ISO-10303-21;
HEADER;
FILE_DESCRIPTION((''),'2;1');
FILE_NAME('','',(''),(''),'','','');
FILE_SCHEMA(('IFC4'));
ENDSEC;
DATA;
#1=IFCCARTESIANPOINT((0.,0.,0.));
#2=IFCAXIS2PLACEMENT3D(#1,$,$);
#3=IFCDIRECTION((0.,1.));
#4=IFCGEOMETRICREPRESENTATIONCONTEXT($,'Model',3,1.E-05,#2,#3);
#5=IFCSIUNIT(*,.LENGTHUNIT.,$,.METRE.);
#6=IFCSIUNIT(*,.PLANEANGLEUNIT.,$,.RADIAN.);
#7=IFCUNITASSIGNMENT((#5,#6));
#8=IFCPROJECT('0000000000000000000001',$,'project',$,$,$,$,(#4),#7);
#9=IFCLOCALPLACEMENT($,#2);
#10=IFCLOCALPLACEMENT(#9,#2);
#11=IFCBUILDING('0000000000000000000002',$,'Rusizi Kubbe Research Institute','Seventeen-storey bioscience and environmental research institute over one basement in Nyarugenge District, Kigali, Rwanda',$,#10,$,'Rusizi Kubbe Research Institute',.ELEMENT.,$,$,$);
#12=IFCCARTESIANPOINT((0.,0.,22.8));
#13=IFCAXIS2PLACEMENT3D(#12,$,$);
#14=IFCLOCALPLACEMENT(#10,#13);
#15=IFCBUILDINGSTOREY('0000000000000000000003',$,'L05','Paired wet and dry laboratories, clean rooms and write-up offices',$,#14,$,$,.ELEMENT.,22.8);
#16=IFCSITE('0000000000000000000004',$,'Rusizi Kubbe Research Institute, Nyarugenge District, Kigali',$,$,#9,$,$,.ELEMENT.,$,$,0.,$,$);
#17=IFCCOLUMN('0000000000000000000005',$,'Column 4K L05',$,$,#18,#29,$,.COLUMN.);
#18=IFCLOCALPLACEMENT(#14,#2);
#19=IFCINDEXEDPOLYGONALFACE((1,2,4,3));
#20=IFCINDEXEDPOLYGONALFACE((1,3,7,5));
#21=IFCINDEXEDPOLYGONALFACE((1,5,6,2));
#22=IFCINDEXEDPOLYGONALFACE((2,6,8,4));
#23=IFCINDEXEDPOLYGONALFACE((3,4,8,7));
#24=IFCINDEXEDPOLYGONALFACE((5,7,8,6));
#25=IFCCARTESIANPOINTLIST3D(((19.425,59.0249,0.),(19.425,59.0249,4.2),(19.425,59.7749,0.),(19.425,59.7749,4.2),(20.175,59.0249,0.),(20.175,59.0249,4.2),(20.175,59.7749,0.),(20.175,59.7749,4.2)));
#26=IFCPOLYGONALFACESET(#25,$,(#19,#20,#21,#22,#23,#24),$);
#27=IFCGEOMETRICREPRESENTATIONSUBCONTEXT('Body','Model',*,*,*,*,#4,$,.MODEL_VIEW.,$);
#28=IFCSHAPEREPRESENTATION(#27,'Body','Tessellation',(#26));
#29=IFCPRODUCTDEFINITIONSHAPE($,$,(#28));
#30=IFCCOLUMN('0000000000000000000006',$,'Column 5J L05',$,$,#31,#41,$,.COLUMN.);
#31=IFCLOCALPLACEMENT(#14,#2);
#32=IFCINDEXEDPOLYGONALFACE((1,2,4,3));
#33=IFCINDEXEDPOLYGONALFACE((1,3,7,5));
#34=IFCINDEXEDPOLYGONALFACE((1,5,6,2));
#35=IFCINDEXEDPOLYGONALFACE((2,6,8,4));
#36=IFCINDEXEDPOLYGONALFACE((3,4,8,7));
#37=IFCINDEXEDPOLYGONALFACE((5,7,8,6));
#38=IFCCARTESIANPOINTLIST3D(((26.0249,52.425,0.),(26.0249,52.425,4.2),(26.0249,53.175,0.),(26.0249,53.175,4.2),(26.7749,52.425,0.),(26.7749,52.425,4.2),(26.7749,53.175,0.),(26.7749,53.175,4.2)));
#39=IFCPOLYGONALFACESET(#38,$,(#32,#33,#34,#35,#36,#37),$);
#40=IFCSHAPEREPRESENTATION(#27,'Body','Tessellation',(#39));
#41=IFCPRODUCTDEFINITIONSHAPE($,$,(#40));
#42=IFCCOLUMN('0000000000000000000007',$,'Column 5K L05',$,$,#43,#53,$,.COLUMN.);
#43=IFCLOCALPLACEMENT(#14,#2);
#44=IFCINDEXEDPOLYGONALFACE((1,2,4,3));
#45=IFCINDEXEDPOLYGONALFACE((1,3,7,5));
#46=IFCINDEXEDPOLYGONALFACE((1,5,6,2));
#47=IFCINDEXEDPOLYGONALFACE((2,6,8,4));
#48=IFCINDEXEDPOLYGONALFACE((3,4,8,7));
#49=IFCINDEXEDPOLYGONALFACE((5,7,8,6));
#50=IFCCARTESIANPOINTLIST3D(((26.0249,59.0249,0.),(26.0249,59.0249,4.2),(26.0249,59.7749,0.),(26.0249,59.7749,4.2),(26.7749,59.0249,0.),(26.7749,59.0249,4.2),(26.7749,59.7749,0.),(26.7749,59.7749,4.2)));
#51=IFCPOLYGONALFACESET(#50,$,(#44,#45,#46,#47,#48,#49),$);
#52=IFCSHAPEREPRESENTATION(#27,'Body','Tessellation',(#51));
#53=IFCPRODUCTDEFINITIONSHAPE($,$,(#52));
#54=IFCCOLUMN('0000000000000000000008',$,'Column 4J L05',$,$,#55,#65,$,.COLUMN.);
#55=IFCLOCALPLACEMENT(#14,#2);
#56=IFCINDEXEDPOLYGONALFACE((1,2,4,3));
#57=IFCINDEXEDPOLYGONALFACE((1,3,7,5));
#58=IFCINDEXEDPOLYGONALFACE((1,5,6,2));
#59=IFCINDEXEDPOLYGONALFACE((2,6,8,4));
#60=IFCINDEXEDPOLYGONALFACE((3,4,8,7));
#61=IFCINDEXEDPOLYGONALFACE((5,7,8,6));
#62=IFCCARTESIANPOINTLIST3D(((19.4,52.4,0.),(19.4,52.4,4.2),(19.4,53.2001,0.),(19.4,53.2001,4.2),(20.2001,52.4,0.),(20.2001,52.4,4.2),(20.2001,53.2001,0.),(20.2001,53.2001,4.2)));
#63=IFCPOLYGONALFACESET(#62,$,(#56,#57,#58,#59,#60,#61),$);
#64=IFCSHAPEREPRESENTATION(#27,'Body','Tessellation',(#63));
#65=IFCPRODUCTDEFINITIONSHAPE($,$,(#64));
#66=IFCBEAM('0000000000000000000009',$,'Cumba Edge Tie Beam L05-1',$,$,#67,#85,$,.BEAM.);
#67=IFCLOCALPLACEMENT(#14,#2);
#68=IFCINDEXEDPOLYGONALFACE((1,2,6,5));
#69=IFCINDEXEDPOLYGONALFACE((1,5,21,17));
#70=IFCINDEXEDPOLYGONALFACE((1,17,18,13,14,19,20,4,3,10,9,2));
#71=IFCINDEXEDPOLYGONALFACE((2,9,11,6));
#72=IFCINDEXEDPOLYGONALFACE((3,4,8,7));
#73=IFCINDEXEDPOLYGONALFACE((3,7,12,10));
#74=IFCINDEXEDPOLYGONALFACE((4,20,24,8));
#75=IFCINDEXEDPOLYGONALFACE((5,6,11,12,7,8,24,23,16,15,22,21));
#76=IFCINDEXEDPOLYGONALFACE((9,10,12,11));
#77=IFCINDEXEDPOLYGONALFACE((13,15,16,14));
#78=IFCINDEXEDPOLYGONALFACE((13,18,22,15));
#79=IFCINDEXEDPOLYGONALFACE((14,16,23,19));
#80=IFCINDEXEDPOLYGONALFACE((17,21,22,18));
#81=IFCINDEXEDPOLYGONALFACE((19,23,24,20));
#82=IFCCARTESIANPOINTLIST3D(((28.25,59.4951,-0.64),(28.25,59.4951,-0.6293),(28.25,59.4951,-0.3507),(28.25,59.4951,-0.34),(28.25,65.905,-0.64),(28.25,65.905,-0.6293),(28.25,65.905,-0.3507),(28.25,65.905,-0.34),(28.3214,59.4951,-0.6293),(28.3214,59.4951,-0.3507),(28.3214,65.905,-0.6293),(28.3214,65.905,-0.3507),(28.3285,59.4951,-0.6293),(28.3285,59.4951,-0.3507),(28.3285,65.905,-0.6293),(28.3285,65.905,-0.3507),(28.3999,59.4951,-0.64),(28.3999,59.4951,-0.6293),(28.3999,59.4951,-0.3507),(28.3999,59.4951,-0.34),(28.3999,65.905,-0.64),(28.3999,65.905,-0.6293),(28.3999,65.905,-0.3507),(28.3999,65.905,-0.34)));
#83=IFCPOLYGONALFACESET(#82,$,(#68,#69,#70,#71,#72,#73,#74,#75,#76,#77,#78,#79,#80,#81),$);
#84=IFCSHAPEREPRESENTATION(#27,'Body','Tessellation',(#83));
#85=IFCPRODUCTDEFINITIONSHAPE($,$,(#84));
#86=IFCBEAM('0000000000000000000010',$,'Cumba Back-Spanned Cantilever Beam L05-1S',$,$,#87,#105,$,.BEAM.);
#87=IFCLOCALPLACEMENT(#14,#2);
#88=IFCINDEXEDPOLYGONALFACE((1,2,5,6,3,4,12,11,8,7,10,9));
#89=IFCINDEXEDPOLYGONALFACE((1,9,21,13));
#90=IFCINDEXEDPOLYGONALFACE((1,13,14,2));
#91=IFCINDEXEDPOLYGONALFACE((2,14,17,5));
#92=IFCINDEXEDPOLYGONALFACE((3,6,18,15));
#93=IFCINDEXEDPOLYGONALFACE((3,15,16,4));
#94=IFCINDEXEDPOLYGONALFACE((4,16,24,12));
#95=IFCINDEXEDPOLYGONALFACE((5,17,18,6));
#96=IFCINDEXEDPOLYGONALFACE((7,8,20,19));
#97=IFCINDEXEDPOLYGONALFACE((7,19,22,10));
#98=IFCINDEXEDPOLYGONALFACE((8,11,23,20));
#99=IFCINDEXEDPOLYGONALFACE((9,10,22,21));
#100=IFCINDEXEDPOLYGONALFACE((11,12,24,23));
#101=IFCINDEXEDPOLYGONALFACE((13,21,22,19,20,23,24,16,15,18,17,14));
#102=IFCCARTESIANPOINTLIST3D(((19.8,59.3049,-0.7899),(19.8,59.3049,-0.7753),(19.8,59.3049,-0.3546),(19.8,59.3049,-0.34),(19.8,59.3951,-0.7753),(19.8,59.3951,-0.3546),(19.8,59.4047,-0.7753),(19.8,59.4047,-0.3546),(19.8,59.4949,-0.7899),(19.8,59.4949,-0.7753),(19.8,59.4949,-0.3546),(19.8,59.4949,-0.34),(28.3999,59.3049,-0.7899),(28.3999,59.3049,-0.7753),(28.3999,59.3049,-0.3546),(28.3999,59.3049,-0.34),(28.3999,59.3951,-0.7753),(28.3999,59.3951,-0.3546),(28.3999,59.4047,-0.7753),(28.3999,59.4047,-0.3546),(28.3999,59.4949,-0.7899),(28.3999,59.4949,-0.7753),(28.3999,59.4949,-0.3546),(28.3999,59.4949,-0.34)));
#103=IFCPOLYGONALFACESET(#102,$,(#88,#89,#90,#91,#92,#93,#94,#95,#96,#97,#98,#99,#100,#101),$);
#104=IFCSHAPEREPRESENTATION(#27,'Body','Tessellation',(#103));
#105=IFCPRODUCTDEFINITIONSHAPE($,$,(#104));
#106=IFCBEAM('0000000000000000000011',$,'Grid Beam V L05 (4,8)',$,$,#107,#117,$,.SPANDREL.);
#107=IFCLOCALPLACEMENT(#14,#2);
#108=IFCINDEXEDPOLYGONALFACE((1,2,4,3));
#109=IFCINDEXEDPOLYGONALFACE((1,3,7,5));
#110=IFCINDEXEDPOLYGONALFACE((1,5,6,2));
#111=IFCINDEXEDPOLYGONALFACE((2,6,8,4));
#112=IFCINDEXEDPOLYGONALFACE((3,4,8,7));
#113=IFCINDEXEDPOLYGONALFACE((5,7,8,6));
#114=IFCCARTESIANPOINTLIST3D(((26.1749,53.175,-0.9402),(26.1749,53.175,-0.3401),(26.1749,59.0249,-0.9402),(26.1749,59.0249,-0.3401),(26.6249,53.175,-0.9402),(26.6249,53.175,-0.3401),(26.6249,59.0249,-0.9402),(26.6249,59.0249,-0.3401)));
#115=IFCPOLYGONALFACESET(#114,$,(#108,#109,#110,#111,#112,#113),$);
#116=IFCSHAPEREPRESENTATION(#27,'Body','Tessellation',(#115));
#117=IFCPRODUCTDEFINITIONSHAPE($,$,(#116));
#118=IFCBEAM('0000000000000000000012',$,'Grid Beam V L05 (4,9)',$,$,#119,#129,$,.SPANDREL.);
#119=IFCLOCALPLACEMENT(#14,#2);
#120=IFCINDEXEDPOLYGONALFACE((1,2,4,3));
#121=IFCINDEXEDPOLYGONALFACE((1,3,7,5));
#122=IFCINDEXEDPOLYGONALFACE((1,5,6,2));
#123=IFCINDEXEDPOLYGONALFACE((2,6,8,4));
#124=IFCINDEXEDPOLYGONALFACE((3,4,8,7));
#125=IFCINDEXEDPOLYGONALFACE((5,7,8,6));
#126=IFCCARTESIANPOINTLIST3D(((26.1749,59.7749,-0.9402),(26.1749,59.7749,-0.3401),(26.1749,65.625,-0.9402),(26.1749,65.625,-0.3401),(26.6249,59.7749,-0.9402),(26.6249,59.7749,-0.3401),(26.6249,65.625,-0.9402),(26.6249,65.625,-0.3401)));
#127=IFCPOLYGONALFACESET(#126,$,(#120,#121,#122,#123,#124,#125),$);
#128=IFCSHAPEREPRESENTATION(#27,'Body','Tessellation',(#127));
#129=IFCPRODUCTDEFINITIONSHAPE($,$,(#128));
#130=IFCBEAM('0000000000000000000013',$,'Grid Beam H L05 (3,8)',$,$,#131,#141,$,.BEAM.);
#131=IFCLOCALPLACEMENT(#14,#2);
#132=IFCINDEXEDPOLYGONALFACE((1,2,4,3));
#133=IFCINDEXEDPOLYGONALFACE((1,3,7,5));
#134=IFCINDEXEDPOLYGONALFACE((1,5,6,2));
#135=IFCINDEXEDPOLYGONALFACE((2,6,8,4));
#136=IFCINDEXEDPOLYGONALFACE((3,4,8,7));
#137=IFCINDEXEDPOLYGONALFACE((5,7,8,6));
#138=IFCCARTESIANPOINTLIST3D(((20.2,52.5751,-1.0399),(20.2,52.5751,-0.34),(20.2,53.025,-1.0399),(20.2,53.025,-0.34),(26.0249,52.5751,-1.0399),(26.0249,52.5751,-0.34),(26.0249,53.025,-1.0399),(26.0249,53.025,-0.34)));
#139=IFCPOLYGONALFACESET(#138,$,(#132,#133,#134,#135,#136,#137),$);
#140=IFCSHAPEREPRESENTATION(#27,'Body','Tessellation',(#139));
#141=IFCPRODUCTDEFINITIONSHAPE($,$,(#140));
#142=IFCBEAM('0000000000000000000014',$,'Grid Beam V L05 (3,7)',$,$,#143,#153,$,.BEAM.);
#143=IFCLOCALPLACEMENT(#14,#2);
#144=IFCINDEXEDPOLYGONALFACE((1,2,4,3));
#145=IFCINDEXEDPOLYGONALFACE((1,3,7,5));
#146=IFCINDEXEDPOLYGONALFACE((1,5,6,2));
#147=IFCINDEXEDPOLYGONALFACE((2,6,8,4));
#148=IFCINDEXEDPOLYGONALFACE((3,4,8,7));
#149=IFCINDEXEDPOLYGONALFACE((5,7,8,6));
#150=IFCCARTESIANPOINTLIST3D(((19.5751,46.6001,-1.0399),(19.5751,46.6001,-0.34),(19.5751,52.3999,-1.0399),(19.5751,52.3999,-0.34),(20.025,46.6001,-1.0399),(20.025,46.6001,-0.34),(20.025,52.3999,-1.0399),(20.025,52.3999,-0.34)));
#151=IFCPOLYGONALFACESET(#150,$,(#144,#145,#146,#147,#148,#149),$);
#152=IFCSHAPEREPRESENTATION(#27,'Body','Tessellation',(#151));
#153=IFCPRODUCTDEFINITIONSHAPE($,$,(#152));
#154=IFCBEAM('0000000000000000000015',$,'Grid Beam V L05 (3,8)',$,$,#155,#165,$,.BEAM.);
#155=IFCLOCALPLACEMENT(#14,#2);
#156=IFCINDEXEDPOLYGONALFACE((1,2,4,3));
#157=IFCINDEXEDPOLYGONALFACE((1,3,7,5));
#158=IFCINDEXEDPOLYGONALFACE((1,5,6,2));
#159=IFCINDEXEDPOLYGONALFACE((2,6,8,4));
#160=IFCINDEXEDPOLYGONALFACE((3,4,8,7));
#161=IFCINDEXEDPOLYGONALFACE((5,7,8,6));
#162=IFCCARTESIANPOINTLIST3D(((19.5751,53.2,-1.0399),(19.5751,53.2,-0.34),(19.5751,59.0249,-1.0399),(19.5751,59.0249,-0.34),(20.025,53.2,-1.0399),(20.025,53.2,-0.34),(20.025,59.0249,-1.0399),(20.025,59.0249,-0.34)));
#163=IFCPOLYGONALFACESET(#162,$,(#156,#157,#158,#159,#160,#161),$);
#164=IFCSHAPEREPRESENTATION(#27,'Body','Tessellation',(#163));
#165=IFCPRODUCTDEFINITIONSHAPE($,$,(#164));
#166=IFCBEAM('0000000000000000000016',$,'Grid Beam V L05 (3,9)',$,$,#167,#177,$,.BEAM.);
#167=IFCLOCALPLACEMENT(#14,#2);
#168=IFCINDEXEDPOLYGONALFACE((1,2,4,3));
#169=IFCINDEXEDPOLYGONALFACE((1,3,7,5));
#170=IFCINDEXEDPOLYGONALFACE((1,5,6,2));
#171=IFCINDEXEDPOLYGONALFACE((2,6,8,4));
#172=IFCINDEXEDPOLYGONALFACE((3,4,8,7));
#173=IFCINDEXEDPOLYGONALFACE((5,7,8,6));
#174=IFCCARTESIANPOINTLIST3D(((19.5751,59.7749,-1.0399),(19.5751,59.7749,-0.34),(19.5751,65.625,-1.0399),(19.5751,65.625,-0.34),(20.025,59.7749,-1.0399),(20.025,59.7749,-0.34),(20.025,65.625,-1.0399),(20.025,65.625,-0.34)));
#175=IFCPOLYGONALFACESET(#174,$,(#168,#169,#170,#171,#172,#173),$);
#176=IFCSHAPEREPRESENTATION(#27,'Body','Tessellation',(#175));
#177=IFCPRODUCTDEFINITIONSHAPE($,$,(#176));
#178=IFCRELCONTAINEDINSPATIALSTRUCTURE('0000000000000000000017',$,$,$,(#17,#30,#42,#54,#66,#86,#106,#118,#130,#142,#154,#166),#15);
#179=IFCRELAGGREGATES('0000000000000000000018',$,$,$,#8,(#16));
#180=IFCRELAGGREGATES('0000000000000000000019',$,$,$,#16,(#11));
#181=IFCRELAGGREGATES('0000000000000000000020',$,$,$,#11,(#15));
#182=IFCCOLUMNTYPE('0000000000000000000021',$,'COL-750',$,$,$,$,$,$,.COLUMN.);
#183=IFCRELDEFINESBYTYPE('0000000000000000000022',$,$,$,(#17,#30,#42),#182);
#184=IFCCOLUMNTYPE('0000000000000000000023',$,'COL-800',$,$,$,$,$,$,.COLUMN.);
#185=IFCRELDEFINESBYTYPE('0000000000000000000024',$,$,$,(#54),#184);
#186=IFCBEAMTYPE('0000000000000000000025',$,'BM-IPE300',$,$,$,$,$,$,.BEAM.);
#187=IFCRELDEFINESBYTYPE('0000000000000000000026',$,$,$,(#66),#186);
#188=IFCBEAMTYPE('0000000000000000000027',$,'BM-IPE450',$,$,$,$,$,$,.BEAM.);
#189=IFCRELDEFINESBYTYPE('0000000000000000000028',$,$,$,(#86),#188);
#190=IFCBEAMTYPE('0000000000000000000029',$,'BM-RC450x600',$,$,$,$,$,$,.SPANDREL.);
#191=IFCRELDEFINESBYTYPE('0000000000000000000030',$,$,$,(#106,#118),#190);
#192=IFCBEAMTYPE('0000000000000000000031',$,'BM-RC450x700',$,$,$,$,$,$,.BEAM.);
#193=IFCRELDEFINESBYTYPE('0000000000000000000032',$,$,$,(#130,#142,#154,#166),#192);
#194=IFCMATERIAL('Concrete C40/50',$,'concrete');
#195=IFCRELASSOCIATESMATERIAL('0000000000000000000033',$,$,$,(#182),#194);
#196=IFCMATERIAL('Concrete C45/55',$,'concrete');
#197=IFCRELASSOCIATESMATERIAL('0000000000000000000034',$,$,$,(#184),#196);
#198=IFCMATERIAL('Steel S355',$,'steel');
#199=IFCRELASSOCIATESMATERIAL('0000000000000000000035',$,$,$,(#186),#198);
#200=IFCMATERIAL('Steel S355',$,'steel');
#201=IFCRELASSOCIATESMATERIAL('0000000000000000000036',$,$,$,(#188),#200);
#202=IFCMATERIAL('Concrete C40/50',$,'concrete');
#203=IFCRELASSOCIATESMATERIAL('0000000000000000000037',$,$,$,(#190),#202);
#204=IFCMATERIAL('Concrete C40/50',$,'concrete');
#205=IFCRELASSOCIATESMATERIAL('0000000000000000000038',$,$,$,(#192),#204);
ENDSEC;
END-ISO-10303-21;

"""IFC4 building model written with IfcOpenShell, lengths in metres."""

from ifc_helpers import new_model, si_unit, direction, frame, origin, origin_2d, place, context, subcontext, project, spatial, rectangle, i_section, extrude, material, material_profile, profile_set, type_object, element, save


model = new_model("IFC4")

# Units and contexts
model_context = context("Model", 3, precision=1e-05, world=origin(), true_north=direction((0.0, 1.0)))
body_context = subcontext(model_context, "Body", "Model", "MODEL_VIEW")
ifc_project = project(units=[si_unit("LENGTHUNIT", "METRE"), si_unit("PLANEANGLEUNIT", "RADIAN")], contexts=[model_context])

# Site, building, storey
site_placement = place(None, origin())
site = spatial("IfcSite", under=ifc_project, at=site_placement, Name="Rusizi Kubbe Research Institute, Nyarugenge District, Kigali", CompositionType="ELEMENT", RefElevation=0.0)
building_placement = place(site_placement, origin())
building = spatial("IfcBuilding", under=site, at=building_placement, Name="Rusizi Kubbe Research Institute", Description="Seventeen-storey bioscience and environmental research institute over one basement in Nyarugenge District, Kigali, Rwanda", LongName="Rusizi Kubbe Research Institute", CompositionType="ELEMENT")
storey_placement = place(building_placement, frame((0.0, 0.0, 22.8)))
storey = spatial("IfcBuildingStorey", under=building, at=storey_placement, Name="L05", Description="Paired wet and dry laboratories, clean rooms and write-up offices", CompositionType="ELEMENT", Elevation=22.8)

# Columns
ifc_material_1 = material(Name="Concrete C40/50", Category="concrete")
ifc_material_profile_1 = material_profile(ifc_material_1, rectangle(XDim=0.75, YDim=0.75, at=origin_2d()), Name="RC750x750")
ifc_profile_set_1 = profile_set([ifc_material_profile_1], Name="Concrete C40/50")
column_type_1 = type_object("IfcColumnType", Name="COL-750", PredefinedType="COLUMN", material=ifc_profile_set_1)
for number, where, z_axis, x_axis, name in (
    (1, (19.8, 59.3999, 0.0), (0.0, 0.0, 1.0), (1.0, 0.0, 0.0), "Column 4K L05"),
    (2, (26.3999, 52.8, 0.0), (0.0, 0.0, 1.0), (1.0, 0.0, 0.0), "Column 5J L05"),
    (3, (26.3999, 59.3999, 0.0), (0.0, 0.0, 1.0), (1.0, 0.0, 0.0), "Column 5K L05"),
):
    element("IfcColumn", number, at=place(storey_placement, frame(where, z_axis=z_axis, x_axis=x_axis)), inside=storey, type_object=column_type_1, Name=name, PredefinedType="COLUMN", context=body_context, shape_type="SweptSolid", body=[
        extrude(rectangle(XDim=0.75, YDim=0.75, at=origin_2d()), origin(), (0.0, 0.0, 1.0), 4.2),
    ])
ifc_material_2 = material(Name="Concrete C45/55", Category="concrete")
ifc_material_profile_2 = material_profile(ifc_material_2, rectangle(XDim=0.8, YDim=0.8, at=origin_2d()), Name="RC800x800")
ifc_profile_set_2 = profile_set([ifc_material_profile_2], Name="Concrete C45/55")
column_type_2 = type_object("IfcColumnType", Name="COL-800", PredefinedType="COLUMN", material=ifc_profile_set_2)
column_placement = place(storey_placement, frame((19.8, 52.8, 0.0), z_axis=(0.0, 0.0, 1.0), x_axis=(1.0, 0.0, 0.0)))
element("IfcColumn", 4, at=column_placement, inside=storey, type_object=column_type_2, Name="Column 4J L05", PredefinedType="COLUMN", context=body_context, shape_type="SweptSolid", body=[
    extrude(rectangle(XDim=0.8, YDim=0.8, at=origin_2d()), origin(), (0.0, 0.0, 1.0), 4.2),
])

# Beams
ifc_material_3 = material(Name="Steel S355", Category="steel")
ifc_material_profile_3 = material_profile(ifc_material_3, i_section(OverallWidth=0.1499, OverallDepth=0.3, WebThickness=0.0071, FlangeThickness=0.0107, at=origin_2d()), Name="IPE 300")
ifc_profile_set_3 = profile_set([ifc_material_profile_3], Name="Steel S355")
beam_type_1 = type_object("IfcBeamType", Name="BM-IPE300", PredefinedType="BEAM", material=ifc_profile_set_3)
beam_1_placement = place(storey_placement, frame((28.325, 59.4951, -0.49), z_axis=(0.0, 1.0, 0.0), x_axis=(-1.0, 0.0, 0.0)))
element("IfcBeam", 5, at=beam_1_placement, inside=storey, type_object=beam_type_1, Name="Cumba Edge Tie Beam L05-1", PredefinedType="BEAM", context=body_context, shape_type="SweptSolid", body=[
    extrude(i_section(OverallWidth=0.1499, OverallDepth=0.3, WebThickness=0.0071, FlangeThickness=0.0107, at=origin_2d()), origin(), (0.0, 0.0, 1.0), 6.4099),
])
ifc_material_4 = material(Name="Steel S355", Category="steel")
ifc_material_profile_4 = material_profile(ifc_material_4, i_section(OverallWidth=0.1899, OverallDepth=0.45, WebThickness=0.0095, FlangeThickness=0.0146, at=origin_2d()), Name="IPE 450")
ifc_profile_set_4 = profile_set([ifc_material_profile_4], Name="Steel S355")
beam_type_2 = type_object("IfcBeamType", Name="BM-IPE450", PredefinedType="BEAM", material=ifc_profile_set_4)
beam_2_placement = place(storey_placement, frame((19.8, 59.3999, -0.5649), z_axis=(1.0, 0.0, 0.0), x_axis=(0.0, 1.0, 0.0)))
element("IfcBeam", 6, at=beam_2_placement, inside=storey, type_object=beam_type_2, Name="Cumba Back-Spanned Cantilever Beam L05-1S", PredefinedType="BEAM", context=body_context, shape_type="SweptSolid", body=[
    extrude(i_section(OverallWidth=0.1899, OverallDepth=0.45, WebThickness=0.0095, FlangeThickness=0.0146, at=origin_2d()), origin(), (0.0, 0.0, 1.0), 8.5999),
])
ifc_material_5 = material(Name="Concrete C40/50", Category="concrete")
ifc_material_profile_5 = material_profile(ifc_material_5, rectangle(XDim=0.45, YDim=0.6001, at=origin_2d()), Name="RC450x600")
ifc_profile_set_5 = profile_set([ifc_material_profile_5], Name="Concrete C40/50")
beam_type_3 = type_object("IfcBeamType", Name="BM-RC450x600", PredefinedType="SPANDREL", material=ifc_profile_set_5)
beam_3_placement = place(storey_placement, frame((26.3999, 53.175, -0.6401), z_axis=(0.0, 1.0, 0.0), x_axis=(-1.0, 0.0, 0.0)))
element("IfcBeam", 7, at=beam_3_placement, inside=storey, type_object=beam_type_3, Name="Grid Beam V L05 (4,8)", PredefinedType="SPANDREL", context=body_context, shape_type="SweptSolid", body=[
    extrude(rectangle(XDim=0.45, YDim=0.6001, at=origin_2d()), origin(), (0.0, 0.0, 1.0), 5.8499),
])
beam_4_placement = place(storey_placement, frame((26.3999, 59.7749, -0.6401), z_axis=(0.0, 1.0, 0.0), x_axis=(-1.0, 0.0, 0.0)))
element("IfcBeam", 8, at=beam_4_placement, inside=storey, type_object=beam_type_3, Name="Grid Beam V L05 (4,9)", PredefinedType="SPANDREL", context=body_context, shape_type="SweptSolid", body=[
    extrude(rectangle(XDim=0.45, YDim=0.6001, at=origin_2d()), origin(), (0.0, 0.0, 1.0), 5.8501),
])
ifc_material_6 = material(Name="Concrete C40/50", Category="concrete")
ifc_material_profile_6 = material_profile(ifc_material_6, rectangle(XDim=0.45, YDim=0.7, at=origin_2d()), Name="RC450x700B")
ifc_profile_set_6 = profile_set([ifc_material_profile_6], Name="Concrete C40/50")
beam_type_4 = type_object("IfcBeamType", Name="BM-RC450x700", PredefinedType="BEAM", material=ifc_profile_set_6)
beam_5_placement = place(storey_placement, frame((20.2, 52.8, -0.6899), z_axis=(1.0, 0.0, 0.0), x_axis=(0.0, 1.0, 0.0)))
element("IfcBeam", 9, at=beam_5_placement, inside=storey, type_object=beam_type_4, Name="Grid Beam H L05 (3,8)", PredefinedType="BEAM", context=body_context, shape_type="SweptSolid", body=[
    extrude(rectangle(XDim=0.45, YDim=0.7, at=origin_2d()), origin(), (0.0, 0.0, 1.0), 5.825),
])
beam_6_placement = place(storey_placement, frame((19.8, 46.6001, -0.6899), z_axis=(0.0, 1.0, 0.0), x_axis=(-1.0, 0.0, 0.0)))
element("IfcBeam", 10, at=beam_6_placement, inside=storey, type_object=beam_type_4, Name="Grid Beam V L05 (3,7)", PredefinedType="BEAM", context=body_context, shape_type="SweptSolid", body=[
    extrude(rectangle(XDim=0.45, YDim=0.7, at=origin_2d()), origin(), (0.0, 0.0, 1.0), 5.7998),
])
beam_7_placement = place(storey_placement, frame((19.8, 53.2, -0.6899), z_axis=(0.0, 1.0, 0.0), x_axis=(-1.0, 0.0, 0.0)))
element("IfcBeam", 11, at=beam_7_placement, inside=storey, type_object=beam_type_4, Name="Grid Beam V L05 (3,8)", PredefinedType="BEAM", context=body_context, shape_type="SweptSolid", body=[
    extrude(rectangle(XDim=0.45, YDim=0.7, at=origin_2d()), origin(), (0.0, 0.0, 1.0), 5.825),
])
beam_8_placement = place(storey_placement, frame((19.8, 59.7749, -0.6899), z_axis=(0.0, 1.0, 0.0), x_axis=(-1.0, 0.0, 0.0)))
element("IfcBeam", 12, at=beam_8_placement, inside=storey, type_object=beam_type_4, Name="Grid Beam V L05 (3,9)", PredefinedType="BEAM", context=body_context, shape_type="SweptSolid", body=[
    extrude(rectangle(XDim=0.45, YDim=0.7, at=origin_2d()), origin(), (0.0, 0.0, 1.0), 5.8501),
])

save(model, "model.ifc")
